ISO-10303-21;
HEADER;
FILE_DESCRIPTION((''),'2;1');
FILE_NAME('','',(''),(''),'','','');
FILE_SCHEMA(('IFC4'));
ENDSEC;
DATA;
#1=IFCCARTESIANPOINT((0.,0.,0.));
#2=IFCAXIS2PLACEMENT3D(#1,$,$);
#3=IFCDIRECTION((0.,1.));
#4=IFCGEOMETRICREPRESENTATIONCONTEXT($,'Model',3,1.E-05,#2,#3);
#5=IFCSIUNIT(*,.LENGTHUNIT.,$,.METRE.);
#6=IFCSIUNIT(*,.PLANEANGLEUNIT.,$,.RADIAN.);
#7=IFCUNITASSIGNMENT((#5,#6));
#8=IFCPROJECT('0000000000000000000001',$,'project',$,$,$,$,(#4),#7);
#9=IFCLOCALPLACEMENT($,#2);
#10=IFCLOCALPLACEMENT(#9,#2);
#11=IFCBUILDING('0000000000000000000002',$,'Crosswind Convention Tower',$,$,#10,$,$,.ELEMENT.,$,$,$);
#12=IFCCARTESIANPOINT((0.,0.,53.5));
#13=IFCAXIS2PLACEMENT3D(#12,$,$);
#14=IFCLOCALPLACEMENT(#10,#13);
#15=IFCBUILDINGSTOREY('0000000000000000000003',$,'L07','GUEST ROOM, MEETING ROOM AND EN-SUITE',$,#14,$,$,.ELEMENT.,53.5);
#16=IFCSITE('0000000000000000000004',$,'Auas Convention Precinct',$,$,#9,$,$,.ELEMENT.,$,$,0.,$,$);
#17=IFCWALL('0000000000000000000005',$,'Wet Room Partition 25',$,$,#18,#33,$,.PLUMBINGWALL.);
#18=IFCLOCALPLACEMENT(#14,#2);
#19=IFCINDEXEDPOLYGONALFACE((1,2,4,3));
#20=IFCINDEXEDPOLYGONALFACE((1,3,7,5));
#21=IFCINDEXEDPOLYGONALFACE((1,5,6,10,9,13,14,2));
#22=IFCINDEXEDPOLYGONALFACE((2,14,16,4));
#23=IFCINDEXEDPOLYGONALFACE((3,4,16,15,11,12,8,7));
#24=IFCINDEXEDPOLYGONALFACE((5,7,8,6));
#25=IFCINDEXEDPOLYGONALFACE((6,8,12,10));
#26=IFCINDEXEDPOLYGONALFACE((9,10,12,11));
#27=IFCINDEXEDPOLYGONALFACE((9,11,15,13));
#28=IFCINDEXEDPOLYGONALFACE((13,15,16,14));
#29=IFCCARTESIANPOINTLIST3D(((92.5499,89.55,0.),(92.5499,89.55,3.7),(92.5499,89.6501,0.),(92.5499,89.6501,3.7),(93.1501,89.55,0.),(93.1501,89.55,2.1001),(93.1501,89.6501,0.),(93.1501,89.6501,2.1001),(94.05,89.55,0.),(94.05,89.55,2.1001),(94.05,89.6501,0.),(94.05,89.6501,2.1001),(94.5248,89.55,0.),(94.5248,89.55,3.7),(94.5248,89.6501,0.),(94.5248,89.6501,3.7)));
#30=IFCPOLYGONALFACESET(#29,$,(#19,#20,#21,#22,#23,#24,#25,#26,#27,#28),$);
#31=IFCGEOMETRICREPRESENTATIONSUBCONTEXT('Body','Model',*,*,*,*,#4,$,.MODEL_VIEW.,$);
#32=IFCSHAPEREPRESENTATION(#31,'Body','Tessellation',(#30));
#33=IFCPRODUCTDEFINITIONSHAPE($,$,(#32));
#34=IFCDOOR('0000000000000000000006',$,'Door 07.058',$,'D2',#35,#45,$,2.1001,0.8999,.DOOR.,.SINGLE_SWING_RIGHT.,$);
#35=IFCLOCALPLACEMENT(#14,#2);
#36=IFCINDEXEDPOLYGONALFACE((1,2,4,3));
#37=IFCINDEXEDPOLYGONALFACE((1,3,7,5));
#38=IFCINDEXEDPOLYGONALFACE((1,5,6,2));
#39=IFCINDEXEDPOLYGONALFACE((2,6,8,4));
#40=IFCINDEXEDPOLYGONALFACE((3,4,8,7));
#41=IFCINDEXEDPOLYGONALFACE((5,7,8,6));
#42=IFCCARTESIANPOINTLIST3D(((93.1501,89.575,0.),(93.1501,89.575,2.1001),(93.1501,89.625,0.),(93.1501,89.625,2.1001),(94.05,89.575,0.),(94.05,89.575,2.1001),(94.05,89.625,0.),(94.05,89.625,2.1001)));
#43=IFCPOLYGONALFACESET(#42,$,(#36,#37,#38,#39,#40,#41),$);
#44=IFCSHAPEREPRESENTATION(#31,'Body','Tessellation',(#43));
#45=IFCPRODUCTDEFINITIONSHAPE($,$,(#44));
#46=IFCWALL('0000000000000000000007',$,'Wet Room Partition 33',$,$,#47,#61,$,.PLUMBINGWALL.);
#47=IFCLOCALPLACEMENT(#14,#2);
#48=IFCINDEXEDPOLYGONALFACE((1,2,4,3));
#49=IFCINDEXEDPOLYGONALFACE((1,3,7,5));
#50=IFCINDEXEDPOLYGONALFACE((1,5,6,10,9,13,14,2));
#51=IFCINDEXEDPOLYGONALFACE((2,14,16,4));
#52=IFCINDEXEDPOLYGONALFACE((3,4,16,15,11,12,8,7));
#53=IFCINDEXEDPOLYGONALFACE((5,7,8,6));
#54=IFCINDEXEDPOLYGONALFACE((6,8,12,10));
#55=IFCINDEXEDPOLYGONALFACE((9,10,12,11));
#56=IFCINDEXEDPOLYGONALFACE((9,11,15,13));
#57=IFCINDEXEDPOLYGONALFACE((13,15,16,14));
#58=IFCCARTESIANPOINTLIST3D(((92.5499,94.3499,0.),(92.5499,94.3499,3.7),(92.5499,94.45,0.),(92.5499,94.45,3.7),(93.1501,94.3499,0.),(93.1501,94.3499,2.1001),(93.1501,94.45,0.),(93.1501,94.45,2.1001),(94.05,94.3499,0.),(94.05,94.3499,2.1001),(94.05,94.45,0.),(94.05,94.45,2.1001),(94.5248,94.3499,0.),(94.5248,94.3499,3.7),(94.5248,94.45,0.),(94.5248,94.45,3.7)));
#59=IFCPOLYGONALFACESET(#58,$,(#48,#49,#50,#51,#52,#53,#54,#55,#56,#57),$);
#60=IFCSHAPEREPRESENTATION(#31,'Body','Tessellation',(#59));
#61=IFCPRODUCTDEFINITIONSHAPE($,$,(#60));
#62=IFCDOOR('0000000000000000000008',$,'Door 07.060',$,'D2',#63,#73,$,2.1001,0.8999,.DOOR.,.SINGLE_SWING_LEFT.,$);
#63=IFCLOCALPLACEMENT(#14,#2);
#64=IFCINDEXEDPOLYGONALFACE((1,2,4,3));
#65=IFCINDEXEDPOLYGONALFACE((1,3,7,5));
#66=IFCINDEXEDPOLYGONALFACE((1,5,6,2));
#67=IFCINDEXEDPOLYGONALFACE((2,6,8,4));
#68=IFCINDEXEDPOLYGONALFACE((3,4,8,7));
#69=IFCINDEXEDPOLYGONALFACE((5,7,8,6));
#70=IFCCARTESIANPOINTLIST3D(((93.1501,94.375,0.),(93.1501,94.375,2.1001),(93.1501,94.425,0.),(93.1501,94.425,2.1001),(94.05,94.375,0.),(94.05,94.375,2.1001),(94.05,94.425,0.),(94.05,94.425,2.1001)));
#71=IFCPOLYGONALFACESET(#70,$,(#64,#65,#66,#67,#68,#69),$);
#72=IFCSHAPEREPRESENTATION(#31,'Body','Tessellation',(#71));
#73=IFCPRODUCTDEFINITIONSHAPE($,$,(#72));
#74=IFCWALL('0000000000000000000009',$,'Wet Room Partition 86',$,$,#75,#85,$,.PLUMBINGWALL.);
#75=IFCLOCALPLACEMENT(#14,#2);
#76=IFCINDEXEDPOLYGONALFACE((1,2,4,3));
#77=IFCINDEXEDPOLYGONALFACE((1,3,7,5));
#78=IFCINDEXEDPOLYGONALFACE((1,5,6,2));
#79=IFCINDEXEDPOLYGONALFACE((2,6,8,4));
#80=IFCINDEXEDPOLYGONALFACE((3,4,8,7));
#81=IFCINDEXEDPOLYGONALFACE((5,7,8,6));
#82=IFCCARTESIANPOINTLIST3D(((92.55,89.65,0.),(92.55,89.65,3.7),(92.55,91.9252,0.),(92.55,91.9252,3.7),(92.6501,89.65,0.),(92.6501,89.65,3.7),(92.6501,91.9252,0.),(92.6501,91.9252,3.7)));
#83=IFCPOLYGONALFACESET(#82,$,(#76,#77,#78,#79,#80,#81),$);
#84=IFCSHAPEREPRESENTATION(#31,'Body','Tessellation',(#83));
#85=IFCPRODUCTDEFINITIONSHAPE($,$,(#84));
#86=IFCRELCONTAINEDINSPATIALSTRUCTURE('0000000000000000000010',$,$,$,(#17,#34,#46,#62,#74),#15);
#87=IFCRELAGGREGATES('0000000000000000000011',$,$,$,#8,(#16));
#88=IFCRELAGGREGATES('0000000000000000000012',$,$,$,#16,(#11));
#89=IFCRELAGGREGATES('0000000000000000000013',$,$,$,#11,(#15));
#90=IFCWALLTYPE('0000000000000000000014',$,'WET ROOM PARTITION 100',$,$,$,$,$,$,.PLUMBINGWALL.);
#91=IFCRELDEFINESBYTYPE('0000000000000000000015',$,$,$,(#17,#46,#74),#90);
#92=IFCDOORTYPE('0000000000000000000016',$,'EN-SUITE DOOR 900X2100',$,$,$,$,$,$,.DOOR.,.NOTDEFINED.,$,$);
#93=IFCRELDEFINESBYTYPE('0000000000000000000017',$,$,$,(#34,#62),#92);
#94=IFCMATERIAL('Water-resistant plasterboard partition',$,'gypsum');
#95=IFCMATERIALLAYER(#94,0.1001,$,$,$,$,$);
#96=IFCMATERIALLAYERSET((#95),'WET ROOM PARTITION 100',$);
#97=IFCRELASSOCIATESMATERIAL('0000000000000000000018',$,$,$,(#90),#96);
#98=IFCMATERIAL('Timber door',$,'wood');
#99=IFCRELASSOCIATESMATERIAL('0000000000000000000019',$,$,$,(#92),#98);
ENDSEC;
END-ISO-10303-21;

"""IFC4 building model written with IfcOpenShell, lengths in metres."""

from ifc_helpers import new_model, si_unit, direction, frame, frame_2d, origin, place, context, subcontext, project, spatial, rectangle, extrude, material, layer, layer_set, type_object, element, fill, save


model = new_model("IFC4")

# Units and contexts
model_context = context("Model", 3, precision=1e-05, world=origin(), true_north=direction((0.0, 1.0)))
body_context = subcontext(model_context, "Body", "Model", "MODEL_VIEW")
ifc_project = project(units=[si_unit("LENGTHUNIT", "METRE"), si_unit("PLANEANGLEUNIT", "RADIAN")], contexts=[model_context])

# Site, building, storey
site_placement = place(None, origin())
site = spatial("IfcSite", under=ifc_project, at=site_placement, Name="Auas Convention Precinct", CompositionType="ELEMENT", RefElevation=0.0)
building_placement = place(site_placement, origin())
building = spatial("IfcBuilding", under=site, at=building_placement, Name="Crosswind Convention Tower", CompositionType="ELEMENT")
storey_placement = place(building_placement, frame((0.0, 0.0, 53.5)))
storey = spatial("IfcBuildingStorey", under=building, at=storey_placement, Name="L07", Description="GUEST ROOM, MEETING ROOM AND EN-SUITE", CompositionType="ELEMENT", Elevation=53.5)

# Walls, openings, doors
ifc_material_1 = material(Name="Water-resistant plasterboard partition", Category="gypsum")
ifc_layer_1 = layer(ifc_material_1, 0.1001)
ifc_layer_set_1 = layer_set([ifc_layer_1], Name="WET ROOM PARTITION 100")
wall_type_1 = type_object("IfcWallType", Name="WET ROOM PARTITION 100", PredefinedType="PLUMBINGWALL", material=ifc_layer_set_1)
wall_1_placement = place(storey_placement, frame((92.55, 89.6001, 0.0), z_axis=(0.0, 0.0, 1.0), x_axis=(1.0, 0.0, 0.0)))
wall_1 = element("IfcWall", 1, at=wall_1_placement, inside=storey, type_object=wall_type_1, Name="Wet Room Partition 25", PredefinedType="PLUMBINGWALL", context=body_context, shape_type="SweptSolid", body=[
    extrude(rectangle(XDim=1.9749, YDim=0.1001, at=frame_2d((0.9873, 0.0))), origin(), (0.0, 0.0, 1.0), 3.7),
])
opening_1_placement = place(wall_1_placement, frame((0.6001, 0.0, 0.0)))
opening_1 = element("IfcOpeningElement", 2, at=opening_1_placement, cuts=wall_1, PredefinedType="OPENING", context=body_context, shape_type="SweptSolid", body=[
    extrude(rectangle(XDim=0.8999, YDim=2.1001, at=frame_2d((0.45, 1.05))), frame((0.0, 0.0601, 0.0), z_axis=(0.0, -1.0, 0.0), x_axis=(1.0, 0.0, 0.0)), (0.0, 0.0, 1.0), 0.1201),
])
ifc_material_2 = material(Name="Timber door", Category="wood")
door_type = type_object("IfcDoorType", Name="EN-SUITE DOOR 900X2100", OperationType="NOTDEFINED", PredefinedType="DOOR", material=ifc_material_2)
door_1_placement = place(opening_1_placement, origin())
door_1 = element("IfcDoor", 3, at=door_1_placement, inside=storey, type_object=door_type, Name="Door 07.058", ObjectType="D2", OperationType="SINGLE_SWING_RIGHT", OverallHeight=2.1001, OverallWidth=0.8999, PredefinedType="DOOR", context=body_context, shape_type="SweptSolid", body=[
    extrude(rectangle(XDim=0.8999, YDim=2.1001, at=frame_2d((0.45, 1.05))), frame((0.0, 0.0249, 0.0), z_axis=(0.0, -1.0, 0.0), x_axis=(1.0, 0.0, 0.0)), (0.0, 0.0, 1.0), 0.05),
])
fill(opening_1, door_1)
wall_2_placement = place(storey_placement, frame((92.55, 94.3999, 0.0), z_axis=(0.0, 0.0, 1.0), x_axis=(1.0, 0.0, 0.0)))
wall_2 = element("IfcWall", 4, at=wall_2_placement, inside=storey, type_object=wall_type_1, Name="Wet Room Partition 33", PredefinedType="PLUMBINGWALL", context=body_context, shape_type="SweptSolid", body=[
    extrude(rectangle(XDim=1.9749, YDim=0.1001, at=frame_2d((0.9873, 0.0))), origin(), (0.0, 0.0, 1.0), 3.7),
])
opening_2_placement = place(wall_2_placement, frame((0.6001, 0.0, 0.0)))
opening_2 = element("IfcOpeningElement", 5, at=opening_2_placement, cuts=wall_2, PredefinedType="OPENING", context=body_context, shape_type="SweptSolid", body=[
    extrude(rectangle(XDim=0.8999, YDim=2.1001, at=frame_2d((0.45, 1.05))), frame((0.0, 0.0601, 0.0), z_axis=(0.0, -1.0, 0.0), x_axis=(1.0, 0.0, 0.0)), (0.0, 0.0, 1.0), 0.1201),
])
door_2_placement = place(opening_2_placement, frame((0.8999, 0.0, 0.0), z_axis=(0.0, 0.0, 1.0), x_axis=(-1.0, 0.0, 0.0)))
door_2 = element("IfcDoor", 6, at=door_2_placement, inside=storey, type_object=door_type, Name="Door 07.060", ObjectType="D2", OperationType="SINGLE_SWING_LEFT", OverallHeight=2.1001, OverallWidth=0.8999, PredefinedType="DOOR", context=body_context, shape_type="SweptSolid", body=[
    extrude(rectangle(XDim=0.8999, YDim=2.1001, at=frame_2d((0.45, 1.05))), frame((0.0, 0.0249, 0.0), z_axis=(0.0, -1.0, 0.0), x_axis=(1.0, 0.0, 0.0)), (0.0, 0.0, 1.0), 0.05),
])
fill(opening_2, door_2)

# Wall
wall_3_placement = place(storey_placement, frame((92.6001, 89.6499, 0.0), z_axis=(0.0, 0.0, 1.0), x_axis=(0.0, 1.0, 0.0)))
element("IfcWall", 7, at=wall_3_placement, inside=storey, type_object=wall_type_1, Name="Wet Room Partition 86", PredefinedType="PLUMBINGWALL", context=body_context, shape_type="SweptSolid", body=[
    extrude(rectangle(XDim=2.2751, YDim=0.1001, at=frame_2d((1.1377, 0.0))), origin(), (0.0, 0.0, 1.0), 3.7),
])

save(model, "model.ifc")
